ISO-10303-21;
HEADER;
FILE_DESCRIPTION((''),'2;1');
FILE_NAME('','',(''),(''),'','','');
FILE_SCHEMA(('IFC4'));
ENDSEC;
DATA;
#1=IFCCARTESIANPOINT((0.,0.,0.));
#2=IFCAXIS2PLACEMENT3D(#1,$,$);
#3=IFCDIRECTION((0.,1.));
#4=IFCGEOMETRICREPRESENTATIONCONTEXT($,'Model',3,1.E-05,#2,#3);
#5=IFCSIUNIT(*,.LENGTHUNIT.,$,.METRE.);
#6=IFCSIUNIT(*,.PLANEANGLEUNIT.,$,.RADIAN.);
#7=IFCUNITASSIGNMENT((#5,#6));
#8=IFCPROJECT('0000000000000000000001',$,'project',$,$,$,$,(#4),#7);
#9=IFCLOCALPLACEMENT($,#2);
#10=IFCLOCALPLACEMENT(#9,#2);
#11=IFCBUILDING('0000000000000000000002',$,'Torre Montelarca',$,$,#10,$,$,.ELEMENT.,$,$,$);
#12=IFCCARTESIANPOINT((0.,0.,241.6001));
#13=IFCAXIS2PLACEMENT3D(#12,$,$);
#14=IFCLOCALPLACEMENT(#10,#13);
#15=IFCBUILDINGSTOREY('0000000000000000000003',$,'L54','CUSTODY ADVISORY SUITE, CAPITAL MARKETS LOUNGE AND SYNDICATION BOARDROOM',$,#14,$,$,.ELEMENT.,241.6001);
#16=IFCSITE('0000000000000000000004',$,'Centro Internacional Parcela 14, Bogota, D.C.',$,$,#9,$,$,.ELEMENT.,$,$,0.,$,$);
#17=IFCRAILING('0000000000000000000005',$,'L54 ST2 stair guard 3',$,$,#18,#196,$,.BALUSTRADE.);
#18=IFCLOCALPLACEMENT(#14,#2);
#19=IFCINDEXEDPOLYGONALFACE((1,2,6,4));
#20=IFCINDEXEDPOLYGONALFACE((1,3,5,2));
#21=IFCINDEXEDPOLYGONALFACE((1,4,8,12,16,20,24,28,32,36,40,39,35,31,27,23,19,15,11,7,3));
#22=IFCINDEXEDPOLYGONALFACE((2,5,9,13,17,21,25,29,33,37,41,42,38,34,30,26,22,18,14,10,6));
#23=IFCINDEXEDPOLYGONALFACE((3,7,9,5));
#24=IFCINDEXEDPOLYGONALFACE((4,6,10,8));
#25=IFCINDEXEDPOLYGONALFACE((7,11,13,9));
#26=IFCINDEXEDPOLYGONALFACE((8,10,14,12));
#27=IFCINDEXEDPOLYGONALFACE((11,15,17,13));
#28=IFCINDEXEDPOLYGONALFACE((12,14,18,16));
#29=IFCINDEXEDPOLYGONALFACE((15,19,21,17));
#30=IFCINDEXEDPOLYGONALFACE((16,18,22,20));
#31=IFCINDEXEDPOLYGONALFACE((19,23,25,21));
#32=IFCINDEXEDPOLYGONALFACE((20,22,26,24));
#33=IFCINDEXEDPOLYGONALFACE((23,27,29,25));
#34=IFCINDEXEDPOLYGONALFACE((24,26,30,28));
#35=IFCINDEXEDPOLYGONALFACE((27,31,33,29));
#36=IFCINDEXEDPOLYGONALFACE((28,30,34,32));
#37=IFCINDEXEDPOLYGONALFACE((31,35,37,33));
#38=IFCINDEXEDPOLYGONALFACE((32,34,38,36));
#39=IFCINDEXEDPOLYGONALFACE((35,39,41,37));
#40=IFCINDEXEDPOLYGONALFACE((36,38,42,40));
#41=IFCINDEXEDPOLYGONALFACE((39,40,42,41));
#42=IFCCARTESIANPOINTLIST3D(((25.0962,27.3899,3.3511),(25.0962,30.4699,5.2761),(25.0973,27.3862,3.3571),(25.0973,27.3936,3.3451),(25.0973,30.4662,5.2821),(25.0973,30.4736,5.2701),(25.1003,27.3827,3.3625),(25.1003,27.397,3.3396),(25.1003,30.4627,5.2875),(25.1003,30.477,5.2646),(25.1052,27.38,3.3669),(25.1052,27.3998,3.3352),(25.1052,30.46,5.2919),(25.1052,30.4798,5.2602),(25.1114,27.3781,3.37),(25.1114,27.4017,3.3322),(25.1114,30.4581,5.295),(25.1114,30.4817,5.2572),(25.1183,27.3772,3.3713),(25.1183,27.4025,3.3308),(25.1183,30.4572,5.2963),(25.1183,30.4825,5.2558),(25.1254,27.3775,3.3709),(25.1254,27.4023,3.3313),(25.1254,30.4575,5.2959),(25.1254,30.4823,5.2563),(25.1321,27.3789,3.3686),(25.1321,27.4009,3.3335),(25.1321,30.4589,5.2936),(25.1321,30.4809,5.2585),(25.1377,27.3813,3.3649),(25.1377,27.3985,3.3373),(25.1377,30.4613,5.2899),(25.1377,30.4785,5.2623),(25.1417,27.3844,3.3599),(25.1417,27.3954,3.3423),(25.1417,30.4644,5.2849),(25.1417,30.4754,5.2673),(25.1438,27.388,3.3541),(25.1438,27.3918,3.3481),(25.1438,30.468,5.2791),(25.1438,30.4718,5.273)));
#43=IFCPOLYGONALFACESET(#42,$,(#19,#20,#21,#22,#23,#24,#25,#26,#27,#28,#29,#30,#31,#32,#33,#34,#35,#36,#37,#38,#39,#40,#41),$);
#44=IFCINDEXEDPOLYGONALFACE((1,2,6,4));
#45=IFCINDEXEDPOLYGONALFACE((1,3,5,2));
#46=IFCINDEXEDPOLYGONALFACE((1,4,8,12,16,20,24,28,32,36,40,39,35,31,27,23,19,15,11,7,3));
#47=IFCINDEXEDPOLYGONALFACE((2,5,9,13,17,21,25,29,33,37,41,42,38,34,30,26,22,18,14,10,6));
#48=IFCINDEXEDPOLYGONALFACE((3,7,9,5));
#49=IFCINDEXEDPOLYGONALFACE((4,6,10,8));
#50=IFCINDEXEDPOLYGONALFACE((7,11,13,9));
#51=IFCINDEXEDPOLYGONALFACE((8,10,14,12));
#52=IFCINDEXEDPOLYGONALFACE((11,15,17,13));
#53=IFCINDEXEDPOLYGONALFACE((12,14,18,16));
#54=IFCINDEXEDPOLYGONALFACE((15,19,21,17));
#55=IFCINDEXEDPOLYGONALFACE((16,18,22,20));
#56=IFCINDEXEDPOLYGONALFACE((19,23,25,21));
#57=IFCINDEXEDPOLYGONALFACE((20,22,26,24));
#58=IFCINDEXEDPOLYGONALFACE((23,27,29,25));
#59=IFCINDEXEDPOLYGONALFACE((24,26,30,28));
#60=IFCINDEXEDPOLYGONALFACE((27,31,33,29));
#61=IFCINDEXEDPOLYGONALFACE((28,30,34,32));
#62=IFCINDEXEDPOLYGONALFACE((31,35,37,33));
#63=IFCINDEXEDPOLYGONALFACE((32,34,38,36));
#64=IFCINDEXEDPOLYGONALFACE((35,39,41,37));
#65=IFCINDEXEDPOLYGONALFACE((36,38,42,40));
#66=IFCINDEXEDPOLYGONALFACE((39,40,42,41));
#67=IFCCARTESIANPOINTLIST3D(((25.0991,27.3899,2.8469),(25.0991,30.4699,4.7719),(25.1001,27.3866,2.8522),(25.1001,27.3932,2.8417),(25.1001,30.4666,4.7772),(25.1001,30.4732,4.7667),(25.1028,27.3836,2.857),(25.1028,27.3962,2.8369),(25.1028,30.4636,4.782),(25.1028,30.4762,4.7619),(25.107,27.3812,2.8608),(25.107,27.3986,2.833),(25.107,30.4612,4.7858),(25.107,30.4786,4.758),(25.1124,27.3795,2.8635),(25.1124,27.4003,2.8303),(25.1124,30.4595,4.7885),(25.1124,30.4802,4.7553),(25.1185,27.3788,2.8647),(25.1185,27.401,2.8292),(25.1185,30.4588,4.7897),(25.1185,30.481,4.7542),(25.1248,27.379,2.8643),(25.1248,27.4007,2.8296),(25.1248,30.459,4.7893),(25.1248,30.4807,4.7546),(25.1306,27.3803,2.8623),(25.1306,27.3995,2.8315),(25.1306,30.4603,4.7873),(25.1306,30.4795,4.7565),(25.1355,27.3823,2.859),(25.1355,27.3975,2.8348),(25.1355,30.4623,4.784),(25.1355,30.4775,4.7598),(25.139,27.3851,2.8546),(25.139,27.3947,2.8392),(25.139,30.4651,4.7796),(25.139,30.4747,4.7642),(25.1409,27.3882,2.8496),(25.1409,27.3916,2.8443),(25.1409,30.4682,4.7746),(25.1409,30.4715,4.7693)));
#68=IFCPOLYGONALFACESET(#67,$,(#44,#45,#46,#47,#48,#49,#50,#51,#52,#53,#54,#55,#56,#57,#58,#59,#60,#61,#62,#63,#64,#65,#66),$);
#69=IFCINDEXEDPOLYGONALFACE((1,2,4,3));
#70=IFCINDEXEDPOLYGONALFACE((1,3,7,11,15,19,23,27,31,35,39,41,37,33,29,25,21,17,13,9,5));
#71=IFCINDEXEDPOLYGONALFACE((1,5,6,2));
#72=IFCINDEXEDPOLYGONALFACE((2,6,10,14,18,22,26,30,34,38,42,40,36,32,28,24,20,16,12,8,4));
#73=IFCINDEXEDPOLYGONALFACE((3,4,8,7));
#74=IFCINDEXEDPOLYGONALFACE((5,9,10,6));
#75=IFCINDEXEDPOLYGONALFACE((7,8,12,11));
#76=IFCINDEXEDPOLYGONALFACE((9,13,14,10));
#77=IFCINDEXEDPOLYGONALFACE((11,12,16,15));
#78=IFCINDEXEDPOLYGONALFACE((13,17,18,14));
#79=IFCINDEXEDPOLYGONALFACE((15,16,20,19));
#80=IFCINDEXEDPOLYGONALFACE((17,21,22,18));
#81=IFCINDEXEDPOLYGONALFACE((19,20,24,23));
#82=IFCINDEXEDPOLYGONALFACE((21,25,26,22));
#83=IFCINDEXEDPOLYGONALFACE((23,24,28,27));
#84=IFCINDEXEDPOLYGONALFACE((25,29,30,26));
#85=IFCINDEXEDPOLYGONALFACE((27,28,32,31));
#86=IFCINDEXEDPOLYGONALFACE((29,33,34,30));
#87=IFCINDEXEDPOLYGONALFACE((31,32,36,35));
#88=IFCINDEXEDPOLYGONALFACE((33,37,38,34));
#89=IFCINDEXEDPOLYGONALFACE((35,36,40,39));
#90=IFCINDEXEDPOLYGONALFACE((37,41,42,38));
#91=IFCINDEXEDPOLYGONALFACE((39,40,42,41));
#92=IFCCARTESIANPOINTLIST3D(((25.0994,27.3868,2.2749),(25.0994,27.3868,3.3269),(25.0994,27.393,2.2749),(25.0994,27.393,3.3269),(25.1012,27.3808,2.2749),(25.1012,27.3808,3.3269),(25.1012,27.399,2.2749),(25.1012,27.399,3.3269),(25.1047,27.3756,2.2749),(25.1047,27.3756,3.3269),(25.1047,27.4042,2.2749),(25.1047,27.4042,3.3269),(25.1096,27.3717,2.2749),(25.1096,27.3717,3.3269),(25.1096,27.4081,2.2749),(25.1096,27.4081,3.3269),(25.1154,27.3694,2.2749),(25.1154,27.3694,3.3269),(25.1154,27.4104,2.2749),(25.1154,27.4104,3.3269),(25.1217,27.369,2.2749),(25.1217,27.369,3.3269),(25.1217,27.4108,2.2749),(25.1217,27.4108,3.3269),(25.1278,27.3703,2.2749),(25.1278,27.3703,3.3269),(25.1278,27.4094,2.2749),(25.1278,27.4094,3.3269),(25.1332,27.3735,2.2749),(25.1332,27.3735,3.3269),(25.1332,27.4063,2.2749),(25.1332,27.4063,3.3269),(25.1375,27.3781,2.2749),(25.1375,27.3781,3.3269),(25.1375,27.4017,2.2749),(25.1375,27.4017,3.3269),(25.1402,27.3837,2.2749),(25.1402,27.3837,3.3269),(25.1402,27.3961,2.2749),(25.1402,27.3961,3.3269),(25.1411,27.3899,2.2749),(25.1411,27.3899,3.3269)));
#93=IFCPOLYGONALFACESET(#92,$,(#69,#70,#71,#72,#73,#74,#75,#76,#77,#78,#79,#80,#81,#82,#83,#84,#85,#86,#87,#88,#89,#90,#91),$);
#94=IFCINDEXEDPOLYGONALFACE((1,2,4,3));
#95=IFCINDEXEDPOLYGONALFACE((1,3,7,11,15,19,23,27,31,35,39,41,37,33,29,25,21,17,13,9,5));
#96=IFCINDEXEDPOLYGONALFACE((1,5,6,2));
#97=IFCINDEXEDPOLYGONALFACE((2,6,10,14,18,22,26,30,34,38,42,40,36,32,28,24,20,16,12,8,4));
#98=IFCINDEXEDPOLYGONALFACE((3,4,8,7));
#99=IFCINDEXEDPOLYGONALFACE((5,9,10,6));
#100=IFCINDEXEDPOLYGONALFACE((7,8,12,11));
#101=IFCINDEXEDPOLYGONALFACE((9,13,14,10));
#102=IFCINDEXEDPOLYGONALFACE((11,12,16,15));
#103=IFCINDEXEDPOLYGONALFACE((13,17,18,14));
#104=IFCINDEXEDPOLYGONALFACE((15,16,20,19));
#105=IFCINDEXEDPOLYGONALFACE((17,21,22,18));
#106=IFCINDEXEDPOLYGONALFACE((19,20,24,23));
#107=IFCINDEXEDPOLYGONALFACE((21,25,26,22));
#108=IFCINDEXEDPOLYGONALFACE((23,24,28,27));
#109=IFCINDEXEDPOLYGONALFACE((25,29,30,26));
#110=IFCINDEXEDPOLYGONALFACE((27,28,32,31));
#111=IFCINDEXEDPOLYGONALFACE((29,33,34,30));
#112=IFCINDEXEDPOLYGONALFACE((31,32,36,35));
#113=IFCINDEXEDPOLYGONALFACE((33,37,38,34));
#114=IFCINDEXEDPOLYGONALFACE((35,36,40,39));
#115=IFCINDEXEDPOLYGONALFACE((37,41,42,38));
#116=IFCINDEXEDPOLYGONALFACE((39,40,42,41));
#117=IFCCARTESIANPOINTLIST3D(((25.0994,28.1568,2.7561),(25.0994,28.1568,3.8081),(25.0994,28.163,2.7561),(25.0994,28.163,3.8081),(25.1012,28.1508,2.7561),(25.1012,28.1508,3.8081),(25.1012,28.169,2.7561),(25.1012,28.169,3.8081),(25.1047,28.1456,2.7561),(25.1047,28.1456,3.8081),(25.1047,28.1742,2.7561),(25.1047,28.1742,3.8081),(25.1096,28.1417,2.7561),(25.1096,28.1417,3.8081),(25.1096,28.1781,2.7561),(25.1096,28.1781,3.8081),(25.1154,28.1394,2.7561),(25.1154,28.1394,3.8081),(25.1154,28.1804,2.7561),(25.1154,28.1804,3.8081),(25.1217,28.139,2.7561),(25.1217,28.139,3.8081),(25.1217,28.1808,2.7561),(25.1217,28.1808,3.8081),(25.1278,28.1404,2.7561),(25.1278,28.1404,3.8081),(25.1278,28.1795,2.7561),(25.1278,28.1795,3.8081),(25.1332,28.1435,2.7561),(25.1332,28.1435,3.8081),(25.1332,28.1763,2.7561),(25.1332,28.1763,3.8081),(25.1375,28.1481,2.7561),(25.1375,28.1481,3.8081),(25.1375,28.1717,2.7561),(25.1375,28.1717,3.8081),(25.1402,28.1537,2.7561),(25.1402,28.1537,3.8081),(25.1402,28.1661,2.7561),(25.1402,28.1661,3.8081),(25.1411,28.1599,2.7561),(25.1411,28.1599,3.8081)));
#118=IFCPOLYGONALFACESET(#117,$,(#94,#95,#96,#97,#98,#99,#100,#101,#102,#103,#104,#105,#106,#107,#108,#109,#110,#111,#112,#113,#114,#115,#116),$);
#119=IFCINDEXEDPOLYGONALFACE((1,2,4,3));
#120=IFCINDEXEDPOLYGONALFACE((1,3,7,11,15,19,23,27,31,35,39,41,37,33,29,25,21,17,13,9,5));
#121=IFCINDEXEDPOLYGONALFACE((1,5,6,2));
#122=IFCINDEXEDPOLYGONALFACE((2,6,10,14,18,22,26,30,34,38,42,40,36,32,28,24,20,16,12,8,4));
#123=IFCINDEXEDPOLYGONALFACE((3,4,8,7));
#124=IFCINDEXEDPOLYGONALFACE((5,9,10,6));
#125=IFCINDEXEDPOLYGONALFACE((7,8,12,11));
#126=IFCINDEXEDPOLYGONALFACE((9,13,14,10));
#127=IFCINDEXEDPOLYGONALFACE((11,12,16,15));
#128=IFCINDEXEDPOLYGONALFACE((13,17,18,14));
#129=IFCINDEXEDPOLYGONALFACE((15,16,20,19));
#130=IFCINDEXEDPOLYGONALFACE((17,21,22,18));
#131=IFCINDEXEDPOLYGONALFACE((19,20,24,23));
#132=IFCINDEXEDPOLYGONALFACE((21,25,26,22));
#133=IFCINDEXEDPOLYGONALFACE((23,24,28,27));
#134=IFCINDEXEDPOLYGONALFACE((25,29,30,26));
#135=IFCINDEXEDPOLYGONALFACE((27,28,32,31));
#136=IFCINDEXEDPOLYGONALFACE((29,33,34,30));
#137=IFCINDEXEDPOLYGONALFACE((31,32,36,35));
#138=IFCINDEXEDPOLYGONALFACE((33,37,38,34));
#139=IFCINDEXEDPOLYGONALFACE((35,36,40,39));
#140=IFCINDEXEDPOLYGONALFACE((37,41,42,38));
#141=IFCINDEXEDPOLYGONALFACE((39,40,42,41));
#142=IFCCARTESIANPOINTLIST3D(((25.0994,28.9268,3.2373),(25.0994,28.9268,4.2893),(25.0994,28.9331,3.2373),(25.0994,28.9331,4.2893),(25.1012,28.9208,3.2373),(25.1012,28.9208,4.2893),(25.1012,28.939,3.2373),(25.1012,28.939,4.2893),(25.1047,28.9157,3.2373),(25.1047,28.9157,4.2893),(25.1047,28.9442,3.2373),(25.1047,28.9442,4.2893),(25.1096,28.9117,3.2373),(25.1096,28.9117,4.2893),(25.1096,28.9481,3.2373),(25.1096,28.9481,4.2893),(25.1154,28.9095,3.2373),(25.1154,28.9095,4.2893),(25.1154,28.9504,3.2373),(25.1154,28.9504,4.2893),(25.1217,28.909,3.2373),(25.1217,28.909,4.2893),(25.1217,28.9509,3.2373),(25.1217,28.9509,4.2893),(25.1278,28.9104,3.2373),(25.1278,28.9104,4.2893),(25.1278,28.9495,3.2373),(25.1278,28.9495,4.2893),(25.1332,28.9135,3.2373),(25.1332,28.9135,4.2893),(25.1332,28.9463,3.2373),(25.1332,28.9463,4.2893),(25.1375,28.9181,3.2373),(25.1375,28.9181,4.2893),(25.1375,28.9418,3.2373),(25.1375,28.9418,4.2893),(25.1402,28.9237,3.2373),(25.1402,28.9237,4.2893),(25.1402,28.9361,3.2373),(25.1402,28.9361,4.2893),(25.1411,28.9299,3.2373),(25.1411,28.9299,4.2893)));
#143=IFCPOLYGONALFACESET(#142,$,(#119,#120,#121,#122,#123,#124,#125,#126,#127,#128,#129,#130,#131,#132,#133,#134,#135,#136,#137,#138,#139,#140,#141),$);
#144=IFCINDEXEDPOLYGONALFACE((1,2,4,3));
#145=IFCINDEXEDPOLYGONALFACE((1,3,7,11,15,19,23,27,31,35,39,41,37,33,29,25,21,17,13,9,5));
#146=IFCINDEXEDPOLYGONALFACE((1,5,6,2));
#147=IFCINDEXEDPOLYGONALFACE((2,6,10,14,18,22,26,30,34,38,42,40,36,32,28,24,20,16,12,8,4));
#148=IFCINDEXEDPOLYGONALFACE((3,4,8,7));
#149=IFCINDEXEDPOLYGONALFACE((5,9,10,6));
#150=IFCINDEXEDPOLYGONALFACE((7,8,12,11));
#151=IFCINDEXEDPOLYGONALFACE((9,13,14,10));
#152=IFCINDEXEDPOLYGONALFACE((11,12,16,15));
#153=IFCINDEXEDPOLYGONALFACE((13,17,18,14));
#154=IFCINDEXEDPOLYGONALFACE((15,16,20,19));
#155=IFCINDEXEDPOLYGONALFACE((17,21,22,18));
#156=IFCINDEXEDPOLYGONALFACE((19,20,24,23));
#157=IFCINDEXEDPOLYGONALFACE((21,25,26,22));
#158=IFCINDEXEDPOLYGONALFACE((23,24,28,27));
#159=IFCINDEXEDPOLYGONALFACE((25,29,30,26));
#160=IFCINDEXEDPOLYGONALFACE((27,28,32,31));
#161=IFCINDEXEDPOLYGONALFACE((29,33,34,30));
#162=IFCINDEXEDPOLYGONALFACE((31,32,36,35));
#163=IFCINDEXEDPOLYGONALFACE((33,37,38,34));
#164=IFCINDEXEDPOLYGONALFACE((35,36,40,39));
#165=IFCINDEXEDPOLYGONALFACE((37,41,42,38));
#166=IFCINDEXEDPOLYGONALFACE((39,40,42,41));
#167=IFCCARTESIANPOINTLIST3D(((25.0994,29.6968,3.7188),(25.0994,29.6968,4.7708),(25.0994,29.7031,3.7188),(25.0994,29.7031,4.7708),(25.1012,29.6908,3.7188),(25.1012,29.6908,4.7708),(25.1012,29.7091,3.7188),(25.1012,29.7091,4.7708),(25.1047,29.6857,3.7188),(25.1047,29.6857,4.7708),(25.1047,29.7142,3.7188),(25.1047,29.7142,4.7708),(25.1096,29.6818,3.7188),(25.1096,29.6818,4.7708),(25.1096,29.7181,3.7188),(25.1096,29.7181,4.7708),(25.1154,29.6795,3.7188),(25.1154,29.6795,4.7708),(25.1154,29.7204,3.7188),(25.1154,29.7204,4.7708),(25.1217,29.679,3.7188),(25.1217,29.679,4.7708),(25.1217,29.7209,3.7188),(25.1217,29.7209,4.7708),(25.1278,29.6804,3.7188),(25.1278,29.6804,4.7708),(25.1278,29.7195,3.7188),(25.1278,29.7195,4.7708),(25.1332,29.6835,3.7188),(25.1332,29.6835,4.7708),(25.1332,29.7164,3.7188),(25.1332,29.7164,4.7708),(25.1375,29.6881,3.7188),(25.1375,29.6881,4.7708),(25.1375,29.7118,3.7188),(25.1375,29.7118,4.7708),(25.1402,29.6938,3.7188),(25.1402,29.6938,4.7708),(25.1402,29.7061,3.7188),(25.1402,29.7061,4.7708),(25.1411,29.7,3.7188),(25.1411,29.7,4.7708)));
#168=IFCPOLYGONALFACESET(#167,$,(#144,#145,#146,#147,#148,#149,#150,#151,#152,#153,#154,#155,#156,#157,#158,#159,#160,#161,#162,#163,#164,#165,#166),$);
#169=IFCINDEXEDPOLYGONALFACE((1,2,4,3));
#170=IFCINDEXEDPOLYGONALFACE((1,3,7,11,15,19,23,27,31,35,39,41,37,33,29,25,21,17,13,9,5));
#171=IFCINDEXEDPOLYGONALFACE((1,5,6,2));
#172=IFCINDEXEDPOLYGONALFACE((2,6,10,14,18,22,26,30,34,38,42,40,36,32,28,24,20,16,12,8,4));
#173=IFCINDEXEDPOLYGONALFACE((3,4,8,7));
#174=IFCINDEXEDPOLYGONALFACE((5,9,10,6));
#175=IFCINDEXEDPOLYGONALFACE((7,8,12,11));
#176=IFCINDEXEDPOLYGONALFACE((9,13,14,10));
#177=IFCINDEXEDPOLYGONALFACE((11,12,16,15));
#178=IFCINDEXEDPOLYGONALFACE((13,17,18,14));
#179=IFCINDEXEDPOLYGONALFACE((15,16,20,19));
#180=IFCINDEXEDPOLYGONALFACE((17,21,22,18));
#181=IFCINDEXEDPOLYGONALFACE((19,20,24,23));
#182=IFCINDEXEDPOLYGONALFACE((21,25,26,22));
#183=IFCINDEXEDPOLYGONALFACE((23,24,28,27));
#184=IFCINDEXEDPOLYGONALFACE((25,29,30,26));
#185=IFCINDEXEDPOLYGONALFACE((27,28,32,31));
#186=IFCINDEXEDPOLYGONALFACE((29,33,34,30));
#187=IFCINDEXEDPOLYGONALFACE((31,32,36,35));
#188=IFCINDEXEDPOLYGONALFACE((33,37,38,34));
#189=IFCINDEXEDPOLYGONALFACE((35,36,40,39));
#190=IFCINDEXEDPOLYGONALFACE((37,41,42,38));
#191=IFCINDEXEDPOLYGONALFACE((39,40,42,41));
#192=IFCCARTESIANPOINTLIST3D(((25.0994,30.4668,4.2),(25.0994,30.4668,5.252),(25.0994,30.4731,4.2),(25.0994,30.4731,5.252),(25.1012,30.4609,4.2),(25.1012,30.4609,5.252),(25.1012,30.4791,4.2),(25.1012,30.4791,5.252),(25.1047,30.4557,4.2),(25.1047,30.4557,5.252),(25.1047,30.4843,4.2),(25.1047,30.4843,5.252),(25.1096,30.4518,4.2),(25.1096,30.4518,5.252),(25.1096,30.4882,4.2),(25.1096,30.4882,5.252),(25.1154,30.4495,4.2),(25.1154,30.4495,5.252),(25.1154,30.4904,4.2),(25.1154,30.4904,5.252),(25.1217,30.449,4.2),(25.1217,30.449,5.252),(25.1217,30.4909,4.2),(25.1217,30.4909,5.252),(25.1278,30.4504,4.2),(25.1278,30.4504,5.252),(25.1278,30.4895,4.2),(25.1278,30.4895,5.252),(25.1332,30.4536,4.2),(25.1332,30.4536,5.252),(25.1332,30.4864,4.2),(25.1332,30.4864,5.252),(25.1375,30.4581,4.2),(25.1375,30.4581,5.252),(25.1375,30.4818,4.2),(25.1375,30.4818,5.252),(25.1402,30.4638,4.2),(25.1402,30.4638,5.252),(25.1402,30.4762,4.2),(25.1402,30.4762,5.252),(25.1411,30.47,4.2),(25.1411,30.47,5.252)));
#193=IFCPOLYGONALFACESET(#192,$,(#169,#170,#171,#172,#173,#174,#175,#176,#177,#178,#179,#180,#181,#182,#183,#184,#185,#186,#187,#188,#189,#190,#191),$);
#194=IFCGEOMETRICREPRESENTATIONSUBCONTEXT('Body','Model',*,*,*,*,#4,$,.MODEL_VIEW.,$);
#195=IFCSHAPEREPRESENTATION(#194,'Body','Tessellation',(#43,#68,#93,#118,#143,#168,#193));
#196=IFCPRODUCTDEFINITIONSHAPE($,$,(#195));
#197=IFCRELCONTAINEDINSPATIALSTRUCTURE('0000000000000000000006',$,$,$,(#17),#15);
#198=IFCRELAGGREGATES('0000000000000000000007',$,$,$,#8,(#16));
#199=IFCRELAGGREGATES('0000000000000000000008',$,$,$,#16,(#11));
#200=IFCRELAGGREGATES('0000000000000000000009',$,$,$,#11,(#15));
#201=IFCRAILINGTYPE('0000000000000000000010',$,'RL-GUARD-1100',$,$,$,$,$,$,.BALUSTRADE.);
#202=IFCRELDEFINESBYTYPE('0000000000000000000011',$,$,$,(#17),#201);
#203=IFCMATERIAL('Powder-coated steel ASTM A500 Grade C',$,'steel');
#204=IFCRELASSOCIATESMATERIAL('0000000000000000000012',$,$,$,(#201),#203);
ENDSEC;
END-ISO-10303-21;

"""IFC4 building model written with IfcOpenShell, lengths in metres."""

from ifc_helpers import new_model, si_unit, direction, frame, origin, origin_2d, place, context, subcontext, project, spatial, circle, extrude, material, type_object, element, save


model = new_model("IFC4")

# Units and contexts
model_context = context("Model", 3, precision=1e-05, world=origin(), true_north=direction((0.0, 1.0)))
body_context = subcontext(model_context, "Body", "Model", "MODEL_VIEW")
ifc_project = project(units=[si_unit("LENGTHUNIT", "METRE"), si_unit("PLANEANGLEUNIT", "RADIAN")], contexts=[model_context])

# Site, building, storey
site_placement = place(None, origin())
site = spatial("IfcSite", under=ifc_project, at=site_placement, Name="Centro Internacional Parcela 14, Bogota, D.C.", CompositionType="ELEMENT", RefElevation=0.0)
building_placement = place(site_placement, origin())
building = spatial("IfcBuilding", under=site, at=building_placement, Name="Torre Montelarca", CompositionType="ELEMENT")
storey_placement = place(building_placement, frame((0.0, 0.0, 241.6001)))
storey = spatial("IfcBuildingStorey", under=building, at=storey_placement, Name="L54", Description="CUSTODY ADVISORY SUITE, CAPITAL MARKETS LOUNGE AND SYNDICATION BOARDROOM", CompositionType="ELEMENT", Elevation=241.6001)

# Railing
ifc_material_1 = material(Name="Powder-coated steel ASTM A500 Grade C", Category="steel")
railing_type_1 = type_object("IfcRailingType", Name="RL-GUARD-1100", PredefinedType="BALUSTRADE", material=ifc_material_1)
railing_1_placement = place(storey_placement, frame((25.1201, 27.3899, 2.2749)))
element("IfcRailing", 1, at=railing_1_placement, inside=storey, type_object=railing_type_1, Name="L54 ST2 stair guard 3", PredefinedType="BALUSTRADE", context=body_context, shape_type="SweptSolid", body=[
    extrude(circle(Radius=0.0239, at=origin_2d()), frame((0.0, 0.0, 1.0762), z_axis=(0.0, 0.847998, 0.529999), x_axis=(-1.0, 0.0, 0.0)), (0.0, 0.0, 1.0), 3.6321),
    extrude(circle(Radius=0.021, at=origin_2d()), frame((0.0, 0.0, 0.572), z_axis=(0.0, 0.847998, 0.529999), x_axis=(-1.0, 0.0, 0.0)), (0.0, 0.0, 1.0), 3.6321),
    extrude(circle(Radius=0.021, at=origin_2d()), origin(), (0.0, 0.0, 1.0), 1.052),
    extrude(circle(Radius=0.021, at=origin_2d()), frame((0.0, 0.77, 0.4812)), (0.0, 0.0, 1.0), 1.052),
    extrude(circle(Radius=0.021, at=origin_2d()), frame((0.0, 1.54, 0.9624)), (0.0, 0.0, 1.0), 1.052),
    extrude(circle(Radius=0.021, at=origin_2d()), frame((0.0, 2.3101, 1.4438)), (0.0, 0.0, 1.0), 1.052),
    extrude(circle(Radius=0.021, at=origin_2d()), frame((0.0, 3.0801, 1.925)), (0.0, 0.0, 1.0), 1.052),
])

save(model, "model.ifc")
